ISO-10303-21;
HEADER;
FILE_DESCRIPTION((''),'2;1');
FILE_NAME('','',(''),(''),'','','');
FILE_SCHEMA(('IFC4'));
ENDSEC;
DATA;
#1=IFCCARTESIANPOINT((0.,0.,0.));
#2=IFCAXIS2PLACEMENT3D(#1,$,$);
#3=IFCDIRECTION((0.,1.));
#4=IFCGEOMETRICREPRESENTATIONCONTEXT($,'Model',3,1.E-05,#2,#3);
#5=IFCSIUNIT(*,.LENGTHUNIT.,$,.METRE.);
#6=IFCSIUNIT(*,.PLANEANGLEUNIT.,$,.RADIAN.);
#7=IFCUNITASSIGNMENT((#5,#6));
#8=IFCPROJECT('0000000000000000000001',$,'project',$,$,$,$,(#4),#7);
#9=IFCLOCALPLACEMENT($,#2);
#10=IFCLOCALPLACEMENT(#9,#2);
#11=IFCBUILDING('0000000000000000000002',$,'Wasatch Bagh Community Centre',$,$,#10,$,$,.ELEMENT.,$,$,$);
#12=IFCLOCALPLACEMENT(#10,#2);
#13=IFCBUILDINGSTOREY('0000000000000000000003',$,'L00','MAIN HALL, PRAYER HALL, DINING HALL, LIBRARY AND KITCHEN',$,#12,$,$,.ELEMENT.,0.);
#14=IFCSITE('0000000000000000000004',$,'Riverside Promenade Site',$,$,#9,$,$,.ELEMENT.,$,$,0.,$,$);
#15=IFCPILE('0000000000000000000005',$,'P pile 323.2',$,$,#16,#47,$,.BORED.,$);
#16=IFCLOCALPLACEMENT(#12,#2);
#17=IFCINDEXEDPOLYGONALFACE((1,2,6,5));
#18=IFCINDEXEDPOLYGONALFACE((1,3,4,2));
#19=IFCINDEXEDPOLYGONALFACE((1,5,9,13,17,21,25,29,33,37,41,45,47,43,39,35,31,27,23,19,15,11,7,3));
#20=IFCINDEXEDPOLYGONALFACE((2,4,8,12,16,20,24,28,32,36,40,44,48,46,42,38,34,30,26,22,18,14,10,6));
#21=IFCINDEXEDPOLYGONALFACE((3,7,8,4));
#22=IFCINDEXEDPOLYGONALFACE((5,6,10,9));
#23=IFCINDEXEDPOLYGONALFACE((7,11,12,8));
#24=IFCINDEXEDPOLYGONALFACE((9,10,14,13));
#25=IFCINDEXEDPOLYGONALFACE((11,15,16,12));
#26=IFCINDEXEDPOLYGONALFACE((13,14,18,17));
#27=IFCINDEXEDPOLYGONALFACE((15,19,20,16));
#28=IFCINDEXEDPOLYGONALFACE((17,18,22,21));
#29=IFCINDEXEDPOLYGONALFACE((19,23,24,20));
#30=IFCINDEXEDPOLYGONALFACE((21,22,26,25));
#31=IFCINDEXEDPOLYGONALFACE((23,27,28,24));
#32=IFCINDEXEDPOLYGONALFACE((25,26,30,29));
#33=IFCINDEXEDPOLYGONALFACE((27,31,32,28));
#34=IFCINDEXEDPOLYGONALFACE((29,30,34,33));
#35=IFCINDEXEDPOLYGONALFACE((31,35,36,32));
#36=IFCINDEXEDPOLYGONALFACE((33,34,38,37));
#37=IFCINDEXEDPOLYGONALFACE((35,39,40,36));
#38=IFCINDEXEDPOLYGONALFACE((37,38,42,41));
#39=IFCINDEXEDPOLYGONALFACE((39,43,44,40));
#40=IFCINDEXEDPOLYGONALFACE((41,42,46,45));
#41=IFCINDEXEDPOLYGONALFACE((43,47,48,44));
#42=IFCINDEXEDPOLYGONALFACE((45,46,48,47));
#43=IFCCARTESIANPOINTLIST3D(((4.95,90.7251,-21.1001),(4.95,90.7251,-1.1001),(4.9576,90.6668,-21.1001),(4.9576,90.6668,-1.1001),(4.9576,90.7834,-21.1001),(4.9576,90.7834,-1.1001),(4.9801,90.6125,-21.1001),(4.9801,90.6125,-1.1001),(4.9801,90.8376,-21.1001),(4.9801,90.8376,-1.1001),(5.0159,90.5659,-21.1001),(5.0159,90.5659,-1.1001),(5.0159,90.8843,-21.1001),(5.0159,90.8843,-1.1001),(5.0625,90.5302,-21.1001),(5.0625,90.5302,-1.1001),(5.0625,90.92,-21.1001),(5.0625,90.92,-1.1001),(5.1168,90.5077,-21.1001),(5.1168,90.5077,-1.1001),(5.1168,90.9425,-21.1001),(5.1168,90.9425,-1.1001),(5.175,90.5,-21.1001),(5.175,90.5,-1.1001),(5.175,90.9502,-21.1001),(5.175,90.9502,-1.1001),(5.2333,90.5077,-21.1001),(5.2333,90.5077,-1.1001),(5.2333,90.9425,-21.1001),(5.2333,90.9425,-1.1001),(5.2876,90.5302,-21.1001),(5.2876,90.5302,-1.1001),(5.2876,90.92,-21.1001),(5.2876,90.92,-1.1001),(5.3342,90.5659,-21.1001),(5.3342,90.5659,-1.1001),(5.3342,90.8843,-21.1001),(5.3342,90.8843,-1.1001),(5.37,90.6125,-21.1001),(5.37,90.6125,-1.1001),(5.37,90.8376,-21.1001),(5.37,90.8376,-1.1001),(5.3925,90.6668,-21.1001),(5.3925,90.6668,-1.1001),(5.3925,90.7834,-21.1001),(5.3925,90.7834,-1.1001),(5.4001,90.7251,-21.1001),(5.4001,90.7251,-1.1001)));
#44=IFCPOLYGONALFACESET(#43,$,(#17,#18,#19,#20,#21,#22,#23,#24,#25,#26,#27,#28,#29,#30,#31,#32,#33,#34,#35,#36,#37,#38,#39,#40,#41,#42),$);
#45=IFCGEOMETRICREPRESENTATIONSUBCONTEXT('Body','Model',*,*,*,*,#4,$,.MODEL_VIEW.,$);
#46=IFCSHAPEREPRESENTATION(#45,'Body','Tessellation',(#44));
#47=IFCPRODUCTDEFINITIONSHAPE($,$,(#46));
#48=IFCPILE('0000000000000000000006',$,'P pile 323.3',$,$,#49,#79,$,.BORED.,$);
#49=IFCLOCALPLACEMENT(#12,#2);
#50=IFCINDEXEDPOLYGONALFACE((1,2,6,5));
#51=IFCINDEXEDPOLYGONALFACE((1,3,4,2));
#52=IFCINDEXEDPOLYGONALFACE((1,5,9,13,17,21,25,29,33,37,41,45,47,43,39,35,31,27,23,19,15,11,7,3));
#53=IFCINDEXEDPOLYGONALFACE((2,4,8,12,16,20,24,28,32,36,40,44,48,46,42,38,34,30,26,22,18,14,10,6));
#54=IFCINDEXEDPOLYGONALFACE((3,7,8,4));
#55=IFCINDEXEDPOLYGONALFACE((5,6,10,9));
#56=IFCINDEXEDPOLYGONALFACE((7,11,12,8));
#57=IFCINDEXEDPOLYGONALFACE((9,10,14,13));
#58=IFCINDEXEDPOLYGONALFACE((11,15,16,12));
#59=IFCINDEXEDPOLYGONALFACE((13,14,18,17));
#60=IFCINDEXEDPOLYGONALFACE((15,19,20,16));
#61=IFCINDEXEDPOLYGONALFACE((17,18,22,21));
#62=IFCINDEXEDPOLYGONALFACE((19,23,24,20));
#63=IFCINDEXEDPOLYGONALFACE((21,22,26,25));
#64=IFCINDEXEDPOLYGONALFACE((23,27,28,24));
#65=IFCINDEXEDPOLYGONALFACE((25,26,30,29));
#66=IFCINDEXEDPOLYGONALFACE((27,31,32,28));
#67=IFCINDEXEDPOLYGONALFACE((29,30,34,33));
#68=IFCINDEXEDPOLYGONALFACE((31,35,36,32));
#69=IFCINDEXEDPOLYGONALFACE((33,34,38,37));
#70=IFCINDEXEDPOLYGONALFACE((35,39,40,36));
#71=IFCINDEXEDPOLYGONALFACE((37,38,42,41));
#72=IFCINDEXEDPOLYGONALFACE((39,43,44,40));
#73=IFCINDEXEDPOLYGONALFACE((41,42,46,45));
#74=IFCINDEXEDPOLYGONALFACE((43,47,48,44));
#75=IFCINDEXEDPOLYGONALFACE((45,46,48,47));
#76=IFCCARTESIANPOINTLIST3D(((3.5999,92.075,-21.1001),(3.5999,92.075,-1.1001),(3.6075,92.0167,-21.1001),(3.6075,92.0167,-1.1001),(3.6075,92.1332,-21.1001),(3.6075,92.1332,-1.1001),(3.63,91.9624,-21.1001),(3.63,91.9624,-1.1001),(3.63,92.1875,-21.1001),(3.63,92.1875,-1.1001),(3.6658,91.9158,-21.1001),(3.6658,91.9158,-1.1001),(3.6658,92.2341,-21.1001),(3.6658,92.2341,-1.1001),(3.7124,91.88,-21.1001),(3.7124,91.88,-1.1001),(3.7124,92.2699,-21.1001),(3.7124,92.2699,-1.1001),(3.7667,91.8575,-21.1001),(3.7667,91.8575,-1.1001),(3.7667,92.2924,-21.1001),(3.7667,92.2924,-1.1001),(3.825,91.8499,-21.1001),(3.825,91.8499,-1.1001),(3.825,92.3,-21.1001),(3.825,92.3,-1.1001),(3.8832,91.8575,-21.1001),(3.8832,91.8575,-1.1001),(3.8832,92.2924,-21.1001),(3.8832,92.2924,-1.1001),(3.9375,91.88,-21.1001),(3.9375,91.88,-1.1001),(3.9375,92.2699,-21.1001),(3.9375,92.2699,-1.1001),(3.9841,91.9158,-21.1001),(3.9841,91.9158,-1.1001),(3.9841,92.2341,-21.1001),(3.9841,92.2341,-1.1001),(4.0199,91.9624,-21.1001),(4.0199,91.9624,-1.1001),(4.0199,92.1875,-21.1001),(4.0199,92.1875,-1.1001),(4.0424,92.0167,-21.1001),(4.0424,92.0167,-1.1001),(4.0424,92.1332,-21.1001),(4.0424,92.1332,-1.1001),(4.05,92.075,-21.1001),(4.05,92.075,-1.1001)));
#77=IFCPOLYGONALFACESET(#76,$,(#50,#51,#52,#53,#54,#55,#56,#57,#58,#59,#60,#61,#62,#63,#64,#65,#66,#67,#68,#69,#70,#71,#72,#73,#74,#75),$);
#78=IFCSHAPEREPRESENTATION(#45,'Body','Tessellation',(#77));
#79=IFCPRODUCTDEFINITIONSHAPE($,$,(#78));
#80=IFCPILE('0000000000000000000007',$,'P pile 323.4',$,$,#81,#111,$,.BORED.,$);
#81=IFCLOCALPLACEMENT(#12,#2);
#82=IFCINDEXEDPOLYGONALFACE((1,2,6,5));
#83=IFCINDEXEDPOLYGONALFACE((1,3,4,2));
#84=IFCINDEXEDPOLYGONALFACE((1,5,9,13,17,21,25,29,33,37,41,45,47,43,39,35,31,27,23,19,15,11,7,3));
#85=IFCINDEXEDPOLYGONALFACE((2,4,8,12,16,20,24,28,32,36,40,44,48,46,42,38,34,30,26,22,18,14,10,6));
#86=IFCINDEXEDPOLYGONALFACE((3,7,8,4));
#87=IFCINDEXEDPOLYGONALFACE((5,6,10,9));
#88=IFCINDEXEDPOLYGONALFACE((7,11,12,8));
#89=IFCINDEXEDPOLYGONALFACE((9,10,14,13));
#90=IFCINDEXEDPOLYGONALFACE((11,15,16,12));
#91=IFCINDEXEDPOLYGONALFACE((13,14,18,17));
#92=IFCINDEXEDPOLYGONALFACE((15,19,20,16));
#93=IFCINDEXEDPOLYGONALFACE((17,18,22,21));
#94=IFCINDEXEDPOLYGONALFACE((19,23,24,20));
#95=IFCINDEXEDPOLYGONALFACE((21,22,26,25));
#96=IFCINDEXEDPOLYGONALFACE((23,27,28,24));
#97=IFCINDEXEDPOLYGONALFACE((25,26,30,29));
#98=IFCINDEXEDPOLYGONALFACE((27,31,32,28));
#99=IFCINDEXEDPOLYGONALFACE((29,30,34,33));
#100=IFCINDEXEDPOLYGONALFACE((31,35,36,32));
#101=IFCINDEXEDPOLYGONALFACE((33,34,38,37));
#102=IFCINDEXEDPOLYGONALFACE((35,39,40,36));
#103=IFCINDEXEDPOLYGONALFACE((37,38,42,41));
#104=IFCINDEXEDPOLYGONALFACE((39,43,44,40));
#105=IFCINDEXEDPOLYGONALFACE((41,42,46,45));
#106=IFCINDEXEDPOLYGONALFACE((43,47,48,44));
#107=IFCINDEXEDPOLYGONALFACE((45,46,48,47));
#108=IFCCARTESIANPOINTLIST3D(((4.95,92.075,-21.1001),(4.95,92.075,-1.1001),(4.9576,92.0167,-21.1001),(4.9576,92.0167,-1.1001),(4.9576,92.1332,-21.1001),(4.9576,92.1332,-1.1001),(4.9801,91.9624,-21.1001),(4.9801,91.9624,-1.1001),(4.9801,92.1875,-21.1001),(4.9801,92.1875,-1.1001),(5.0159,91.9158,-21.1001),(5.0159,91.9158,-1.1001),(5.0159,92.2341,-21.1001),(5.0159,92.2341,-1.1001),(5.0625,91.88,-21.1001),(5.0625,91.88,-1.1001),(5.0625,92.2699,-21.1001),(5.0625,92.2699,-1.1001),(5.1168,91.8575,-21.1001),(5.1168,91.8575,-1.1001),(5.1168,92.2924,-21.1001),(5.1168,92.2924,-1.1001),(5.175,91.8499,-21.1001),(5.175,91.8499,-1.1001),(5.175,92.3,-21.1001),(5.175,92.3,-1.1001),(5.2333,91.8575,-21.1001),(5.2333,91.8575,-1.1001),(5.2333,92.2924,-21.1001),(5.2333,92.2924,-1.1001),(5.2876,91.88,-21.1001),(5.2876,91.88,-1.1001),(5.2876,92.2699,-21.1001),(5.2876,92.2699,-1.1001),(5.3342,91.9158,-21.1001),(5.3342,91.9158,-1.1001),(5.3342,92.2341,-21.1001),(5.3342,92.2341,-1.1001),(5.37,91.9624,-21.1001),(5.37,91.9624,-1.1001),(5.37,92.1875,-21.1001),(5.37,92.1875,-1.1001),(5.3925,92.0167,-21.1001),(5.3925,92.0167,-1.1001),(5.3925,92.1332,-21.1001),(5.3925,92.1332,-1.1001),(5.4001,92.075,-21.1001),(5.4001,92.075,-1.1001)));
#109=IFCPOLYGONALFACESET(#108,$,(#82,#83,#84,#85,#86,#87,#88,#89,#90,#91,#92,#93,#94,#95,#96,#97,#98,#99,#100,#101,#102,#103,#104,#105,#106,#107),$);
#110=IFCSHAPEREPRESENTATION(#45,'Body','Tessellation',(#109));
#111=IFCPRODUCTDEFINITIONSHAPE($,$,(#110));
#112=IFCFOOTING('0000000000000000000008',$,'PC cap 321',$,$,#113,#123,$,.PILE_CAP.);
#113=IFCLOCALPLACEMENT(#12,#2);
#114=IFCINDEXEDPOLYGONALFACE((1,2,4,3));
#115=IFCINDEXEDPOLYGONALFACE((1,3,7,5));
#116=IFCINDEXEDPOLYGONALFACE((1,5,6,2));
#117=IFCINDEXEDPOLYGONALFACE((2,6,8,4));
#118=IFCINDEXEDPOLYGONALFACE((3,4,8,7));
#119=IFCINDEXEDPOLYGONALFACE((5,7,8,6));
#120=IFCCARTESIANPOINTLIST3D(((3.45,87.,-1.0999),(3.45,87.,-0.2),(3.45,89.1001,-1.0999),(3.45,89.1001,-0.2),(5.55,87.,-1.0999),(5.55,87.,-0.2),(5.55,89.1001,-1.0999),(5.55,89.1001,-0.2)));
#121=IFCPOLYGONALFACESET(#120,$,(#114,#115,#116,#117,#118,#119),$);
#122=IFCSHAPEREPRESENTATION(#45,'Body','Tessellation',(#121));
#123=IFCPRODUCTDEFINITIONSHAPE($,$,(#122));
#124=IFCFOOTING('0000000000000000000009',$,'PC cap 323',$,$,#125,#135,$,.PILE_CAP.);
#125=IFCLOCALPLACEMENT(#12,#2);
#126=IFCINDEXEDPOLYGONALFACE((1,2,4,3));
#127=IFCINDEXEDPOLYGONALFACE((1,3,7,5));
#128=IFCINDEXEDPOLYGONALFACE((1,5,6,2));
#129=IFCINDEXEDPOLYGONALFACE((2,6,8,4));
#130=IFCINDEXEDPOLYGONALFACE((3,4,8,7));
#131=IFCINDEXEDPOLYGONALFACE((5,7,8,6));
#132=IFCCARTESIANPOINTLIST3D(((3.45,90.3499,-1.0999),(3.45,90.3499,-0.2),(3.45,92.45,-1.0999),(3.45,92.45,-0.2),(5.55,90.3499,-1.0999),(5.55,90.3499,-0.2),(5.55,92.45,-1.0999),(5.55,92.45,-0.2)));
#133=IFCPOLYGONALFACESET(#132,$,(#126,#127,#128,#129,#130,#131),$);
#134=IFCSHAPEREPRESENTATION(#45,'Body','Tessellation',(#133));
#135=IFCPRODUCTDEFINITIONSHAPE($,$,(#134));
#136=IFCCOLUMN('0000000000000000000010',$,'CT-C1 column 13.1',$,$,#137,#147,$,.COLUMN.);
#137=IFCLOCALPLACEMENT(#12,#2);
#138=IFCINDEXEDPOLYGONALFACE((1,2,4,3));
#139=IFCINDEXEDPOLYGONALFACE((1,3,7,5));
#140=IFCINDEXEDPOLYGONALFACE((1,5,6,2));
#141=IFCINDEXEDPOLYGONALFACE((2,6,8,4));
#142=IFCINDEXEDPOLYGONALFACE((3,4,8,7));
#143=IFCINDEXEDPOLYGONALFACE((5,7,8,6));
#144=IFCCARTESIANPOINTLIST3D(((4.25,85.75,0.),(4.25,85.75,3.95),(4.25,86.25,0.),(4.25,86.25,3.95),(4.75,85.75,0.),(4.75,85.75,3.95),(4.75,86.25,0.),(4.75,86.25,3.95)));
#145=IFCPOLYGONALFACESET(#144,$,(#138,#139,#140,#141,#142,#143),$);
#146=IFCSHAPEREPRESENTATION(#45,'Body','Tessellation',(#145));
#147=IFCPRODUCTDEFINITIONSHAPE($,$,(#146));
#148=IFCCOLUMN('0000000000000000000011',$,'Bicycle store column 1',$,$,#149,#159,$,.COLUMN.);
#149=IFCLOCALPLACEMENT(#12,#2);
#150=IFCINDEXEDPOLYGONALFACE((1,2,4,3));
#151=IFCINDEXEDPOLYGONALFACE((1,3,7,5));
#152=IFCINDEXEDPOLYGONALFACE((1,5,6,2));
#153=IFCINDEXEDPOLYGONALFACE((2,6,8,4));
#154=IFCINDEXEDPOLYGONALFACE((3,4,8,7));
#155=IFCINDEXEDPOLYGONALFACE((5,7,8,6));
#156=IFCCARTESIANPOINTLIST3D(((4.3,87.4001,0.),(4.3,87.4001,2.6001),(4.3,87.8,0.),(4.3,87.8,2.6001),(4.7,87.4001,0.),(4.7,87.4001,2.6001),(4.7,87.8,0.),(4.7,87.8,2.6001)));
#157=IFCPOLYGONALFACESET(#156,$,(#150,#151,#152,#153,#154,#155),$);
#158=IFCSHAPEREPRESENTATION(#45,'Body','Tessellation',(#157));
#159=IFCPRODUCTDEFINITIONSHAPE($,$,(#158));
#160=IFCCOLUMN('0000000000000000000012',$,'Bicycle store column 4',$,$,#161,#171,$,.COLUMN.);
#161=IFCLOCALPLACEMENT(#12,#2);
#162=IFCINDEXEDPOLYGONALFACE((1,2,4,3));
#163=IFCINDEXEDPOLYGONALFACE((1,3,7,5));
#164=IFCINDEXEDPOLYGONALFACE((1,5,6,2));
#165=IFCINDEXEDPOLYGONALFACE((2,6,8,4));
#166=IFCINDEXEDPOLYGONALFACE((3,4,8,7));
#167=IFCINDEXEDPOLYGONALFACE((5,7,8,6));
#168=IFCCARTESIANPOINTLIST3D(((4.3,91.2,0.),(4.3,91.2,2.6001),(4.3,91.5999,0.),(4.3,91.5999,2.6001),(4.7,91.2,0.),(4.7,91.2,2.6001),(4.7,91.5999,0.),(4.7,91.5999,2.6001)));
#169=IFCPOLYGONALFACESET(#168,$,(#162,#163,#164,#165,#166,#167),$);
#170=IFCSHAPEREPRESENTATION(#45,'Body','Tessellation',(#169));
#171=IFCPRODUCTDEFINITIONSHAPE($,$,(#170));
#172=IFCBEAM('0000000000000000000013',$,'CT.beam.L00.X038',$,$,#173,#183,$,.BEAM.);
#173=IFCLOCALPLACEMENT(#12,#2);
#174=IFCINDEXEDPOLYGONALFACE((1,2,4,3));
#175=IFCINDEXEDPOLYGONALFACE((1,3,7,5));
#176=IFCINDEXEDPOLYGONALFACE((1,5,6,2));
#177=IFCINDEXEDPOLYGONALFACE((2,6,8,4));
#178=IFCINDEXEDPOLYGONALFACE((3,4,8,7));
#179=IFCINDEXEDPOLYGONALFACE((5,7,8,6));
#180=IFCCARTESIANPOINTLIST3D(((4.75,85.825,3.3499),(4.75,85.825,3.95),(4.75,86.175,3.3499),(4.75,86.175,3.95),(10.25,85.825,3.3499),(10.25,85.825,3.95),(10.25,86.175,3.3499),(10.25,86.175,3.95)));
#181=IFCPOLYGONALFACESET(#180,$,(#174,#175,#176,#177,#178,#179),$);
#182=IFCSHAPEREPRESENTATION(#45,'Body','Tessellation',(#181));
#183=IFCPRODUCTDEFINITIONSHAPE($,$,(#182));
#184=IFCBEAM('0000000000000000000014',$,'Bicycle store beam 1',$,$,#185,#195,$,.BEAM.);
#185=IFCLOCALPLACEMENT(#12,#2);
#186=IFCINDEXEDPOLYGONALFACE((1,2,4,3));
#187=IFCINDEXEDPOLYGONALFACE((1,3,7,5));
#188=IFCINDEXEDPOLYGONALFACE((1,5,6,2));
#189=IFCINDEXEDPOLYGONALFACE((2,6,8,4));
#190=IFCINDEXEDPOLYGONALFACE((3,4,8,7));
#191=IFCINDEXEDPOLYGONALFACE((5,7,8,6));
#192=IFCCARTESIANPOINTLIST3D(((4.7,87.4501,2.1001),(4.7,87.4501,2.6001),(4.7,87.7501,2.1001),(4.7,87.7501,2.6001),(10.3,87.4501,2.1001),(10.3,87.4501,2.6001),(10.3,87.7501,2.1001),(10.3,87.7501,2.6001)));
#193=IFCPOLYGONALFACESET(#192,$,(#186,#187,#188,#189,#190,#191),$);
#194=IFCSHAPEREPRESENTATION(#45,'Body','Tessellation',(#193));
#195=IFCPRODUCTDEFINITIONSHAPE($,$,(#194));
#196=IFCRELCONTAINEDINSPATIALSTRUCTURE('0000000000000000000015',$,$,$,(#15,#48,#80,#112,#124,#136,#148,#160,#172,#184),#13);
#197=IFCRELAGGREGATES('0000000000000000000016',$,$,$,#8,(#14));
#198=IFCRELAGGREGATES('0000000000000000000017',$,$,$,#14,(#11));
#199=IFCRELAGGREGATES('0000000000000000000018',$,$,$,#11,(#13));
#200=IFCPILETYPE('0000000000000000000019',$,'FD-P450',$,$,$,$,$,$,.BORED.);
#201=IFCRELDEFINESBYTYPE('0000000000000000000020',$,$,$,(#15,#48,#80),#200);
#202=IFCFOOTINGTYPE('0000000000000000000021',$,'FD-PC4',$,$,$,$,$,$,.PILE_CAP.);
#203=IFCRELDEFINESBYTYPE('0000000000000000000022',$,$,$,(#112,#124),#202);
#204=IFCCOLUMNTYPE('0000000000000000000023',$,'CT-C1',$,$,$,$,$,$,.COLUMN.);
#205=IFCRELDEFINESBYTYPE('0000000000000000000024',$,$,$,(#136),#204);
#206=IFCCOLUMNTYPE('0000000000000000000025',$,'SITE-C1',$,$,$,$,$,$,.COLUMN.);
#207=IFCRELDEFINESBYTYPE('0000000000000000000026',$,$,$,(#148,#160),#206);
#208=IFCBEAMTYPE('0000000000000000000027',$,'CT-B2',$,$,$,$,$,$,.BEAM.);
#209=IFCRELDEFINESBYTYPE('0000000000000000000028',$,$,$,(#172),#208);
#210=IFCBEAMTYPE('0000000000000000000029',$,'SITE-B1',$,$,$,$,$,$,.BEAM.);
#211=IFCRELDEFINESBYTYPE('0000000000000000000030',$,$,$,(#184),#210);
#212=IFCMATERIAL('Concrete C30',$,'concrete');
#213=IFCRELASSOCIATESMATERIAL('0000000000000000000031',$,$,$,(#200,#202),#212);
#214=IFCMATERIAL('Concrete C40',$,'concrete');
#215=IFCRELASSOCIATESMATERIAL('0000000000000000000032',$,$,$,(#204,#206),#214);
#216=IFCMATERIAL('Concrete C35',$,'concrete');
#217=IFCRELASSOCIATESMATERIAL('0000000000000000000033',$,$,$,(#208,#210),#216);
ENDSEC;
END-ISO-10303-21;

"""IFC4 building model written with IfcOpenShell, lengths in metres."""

from ifc_helpers import new_model, si_unit, direction, frame, origin, origin_2d, place, context, subcontext, project, spatial, rectangle, circle, extrude, material, material_profile, profile_set, type_object, element, save


model = new_model("IFC4")

# Units and contexts
model_context = context("Model", 3, precision=1e-05, world=origin(), true_north=direction((0.0, 1.0)))
body_context = subcontext(model_context, "Body", "Model", "MODEL_VIEW")
ifc_project = project(units=[si_unit("LENGTHUNIT", "METRE"), si_unit("PLANEANGLEUNIT", "RADIAN")], contexts=[model_context])

# Site, building, storey
site_placement = place(None, origin())
site = spatial("IfcSite", under=ifc_project, at=site_placement, Name="Riverside Promenade Site", CompositionType="ELEMENT", RefElevation=0.0)
building_placement = place(site_placement, origin())
building = spatial("IfcBuilding", under=site, at=building_placement, Name="Wasatch Bagh Community Centre", CompositionType="ELEMENT")
storey_placement = place(building_placement, origin())
storey = spatial("IfcBuildingStorey", under=building, at=storey_placement, Name="L00", Description="MAIN HALL, PRAYER HALL, DINING HALL, LIBRARY AND KITCHEN", CompositionType="ELEMENT", Elevation=0.0)

# Shared definitions
ifc_material_1 = material(Name="Concrete C35", Category="concrete")

# Piles
ifc_material_2 = material(Name="Concrete C30", Category="concrete")
ifc_material_profile_1 = material_profile(ifc_material_2, circle(Radius=0.2251, at=origin_2d()), Name="RC D450")
ifc_profile_set_1 = profile_set([ifc_material_profile_1], Name="Concrete C30")
pile_type = type_object("IfcPileType", Name="FD-P450", PredefinedType="BORED", material=ifc_profile_set_1)
for number, where, z_axis, x_axis, name in (
    (1, (5.175, 90.7251, -1.1001), (0.0, 0.0, -1.0), (1.0, 0.0, 0.0), "P pile 323.2"),
    (2, (3.825, 92.075, -1.1001), (0.0, 0.0, -1.0), (1.0, 0.0, 0.0), "P pile 323.3"),
    (3, (5.175, 92.075, -1.1001), (0.0, 0.0, -1.0), (1.0, 0.0, 0.0), "P pile 323.4"),
):
    element("IfcPile", number, at=place(storey_placement, frame(where, z_axis=z_axis, x_axis=x_axis)), inside=storey, type_object=pile_type, Name=name, PredefinedType="BORED", context=body_context, shape_type="SweptSolid", body=[
        extrude(circle(Radius=0.2251, at=origin_2d()), origin(), (0.0, 0.0, 1.0), 20.0),
    ])

# Footings
footing_type_1 = type_object("IfcFootingType", Name="FD-PC4", PredefinedType="PILE_CAP", material=ifc_material_2)
for number, where, z_axis, x_axis, name in (
    (4, (4.5, 88.05, -1.0999), (0.0, 0.0, 1.0), (1.0, 0.0, 0.0), "PC cap 321"),
    (5, (4.5, 91.3999, -1.0999), (0.0, 0.0, 1.0), (1.0, 0.0, 0.0), "PC cap 323"),
):
    element("IfcFooting", number, at=place(storey_placement, frame(where, z_axis=z_axis, x_axis=x_axis)), inside=storey, type_object=footing_type_1, Name=name, PredefinedType="PILE_CAP", context=body_context, shape_type="SweptSolid", body=[
        extrude(rectangle(XDim=2.1001, YDim=2.1001, at=origin_2d()), origin(), (0.0, 0.0, 1.0), 0.8999),
    ])

# Columns
ifc_material_3 = material(Name="Concrete C40", Category="concrete")
ifc_material_profile_2 = material_profile(ifc_material_3, rectangle(XDim=0.5, YDim=0.5, at=origin_2d()), Name="RC 500x500")
ifc_profile_set_2 = profile_set([ifc_material_profile_2], Name="Concrete C40")
column_type_1 = type_object("IfcColumnType", Name="CT-C1", PredefinedType="COLUMN", material=ifc_profile_set_2)
column_placement = place(storey_placement, frame((4.5, 86.0, 0.0), z_axis=(0.0, 0.0, 1.0), x_axis=(1.0, 0.0, 0.0)))
element("IfcColumn", 6, at=column_placement, inside=storey, type_object=column_type_1, Name="CT-C1 column 13.1", PredefinedType="COLUMN", context=body_context, shape_type="SweptSolid", body=[
    extrude(rectangle(XDim=0.5, YDim=0.5, at=origin_2d()), origin(), (0.0, 0.0, 1.0), 3.95),
])
ifc_material_profile_3 = material_profile(ifc_material_3, rectangle(XDim=0.3999, YDim=0.3999, at=origin_2d()), Name="RC 400x400")
ifc_profile_set_3 = profile_set([ifc_material_profile_3], Name="Concrete C40")
column_type_2 = type_object("IfcColumnType", Name="SITE-C1", PredefinedType="COLUMN", material=ifc_profile_set_3)
for number, where, z_axis, x_axis, name in (
    (7, (4.5, 87.6001, 0.0), (0.0, 0.0, 1.0), (1.0, 0.0, 0.0), "Bicycle store column 1"),
    (8, (4.5, 91.3999, 0.0), (0.0, 0.0, 1.0), (1.0, 0.0, 0.0), "Bicycle store column 4"),
):
    element("IfcColumn", number, at=place(storey_placement, frame(where, z_axis=z_axis, x_axis=x_axis)), inside=storey, type_object=column_type_2, Name=name, PredefinedType="COLUMN", context=body_context, shape_type="SweptSolid", body=[
        extrude(rectangle(XDim=0.3999, YDim=0.3999, at=origin_2d()), origin(), (0.0, 0.0, 1.0), 2.6001),
    ])

# Beams
ifc_material_profile_4 = material_profile(ifc_material_1, rectangle(XDim=0.3501, YDim=0.6001, at=origin_2d()), Name="RC 350x600")
ifc_profile_set_4 = profile_set([ifc_material_profile_4], Name="Concrete C35")
beam_type_1 = type_object("IfcBeamType", Name="CT-B2", PredefinedType="BEAM", material=ifc_profile_set_4)
beam_placement = place(storey_placement, frame((4.75, 86.0, 3.6499), z_axis=(1.0, 0.0, 0.0), x_axis=(0.0, 1.0, 0.0)))
element("IfcBeam", 9, at=beam_placement, inside=storey, type_object=beam_type_1, Name="CT.beam.L00.X038", PredefinedType="BEAM", context=body_context, shape_type="SweptSolid", body=[
    extrude(rectangle(XDim=0.3501, YDim=0.6001, at=origin_2d()), origin(), (0.0, 0.0, 1.0), 5.5),
])
ifc_material_profile_5 = material_profile(ifc_material_1, rectangle(XDim=0.3, YDim=0.5, at=origin_2d()), Name="RC 300x500")
ifc_profile_set_5 = profile_set([ifc_material_profile_5], Name="Concrete C35")
beam_type_2 = type_object("IfcBeamType", Name="SITE-B1", PredefinedType="BEAM", material=ifc_profile_set_5)
for number, where, z_axis, x_axis, name in (
    (10, (4.7, 87.6001, 2.3501), (1.0, 0.0, 0.0), (0.0, 1.0, 0.0), "Bicycle store beam 1"),
):
    element("IfcBeam", number, at=place(storey_placement, frame(where, z_axis=z_axis, x_axis=x_axis)), inside=storey, type_object=beam_type_2, Name=name, PredefinedType="BEAM", context=body_context, shape_type="SweptSolid", body=[
        extrude(rectangle(XDim=0.3, YDim=0.5, at=origin_2d()), origin(), (0.0, 0.0, 1.0), 5.6001),
    ])

save(model, "model.ifc")
